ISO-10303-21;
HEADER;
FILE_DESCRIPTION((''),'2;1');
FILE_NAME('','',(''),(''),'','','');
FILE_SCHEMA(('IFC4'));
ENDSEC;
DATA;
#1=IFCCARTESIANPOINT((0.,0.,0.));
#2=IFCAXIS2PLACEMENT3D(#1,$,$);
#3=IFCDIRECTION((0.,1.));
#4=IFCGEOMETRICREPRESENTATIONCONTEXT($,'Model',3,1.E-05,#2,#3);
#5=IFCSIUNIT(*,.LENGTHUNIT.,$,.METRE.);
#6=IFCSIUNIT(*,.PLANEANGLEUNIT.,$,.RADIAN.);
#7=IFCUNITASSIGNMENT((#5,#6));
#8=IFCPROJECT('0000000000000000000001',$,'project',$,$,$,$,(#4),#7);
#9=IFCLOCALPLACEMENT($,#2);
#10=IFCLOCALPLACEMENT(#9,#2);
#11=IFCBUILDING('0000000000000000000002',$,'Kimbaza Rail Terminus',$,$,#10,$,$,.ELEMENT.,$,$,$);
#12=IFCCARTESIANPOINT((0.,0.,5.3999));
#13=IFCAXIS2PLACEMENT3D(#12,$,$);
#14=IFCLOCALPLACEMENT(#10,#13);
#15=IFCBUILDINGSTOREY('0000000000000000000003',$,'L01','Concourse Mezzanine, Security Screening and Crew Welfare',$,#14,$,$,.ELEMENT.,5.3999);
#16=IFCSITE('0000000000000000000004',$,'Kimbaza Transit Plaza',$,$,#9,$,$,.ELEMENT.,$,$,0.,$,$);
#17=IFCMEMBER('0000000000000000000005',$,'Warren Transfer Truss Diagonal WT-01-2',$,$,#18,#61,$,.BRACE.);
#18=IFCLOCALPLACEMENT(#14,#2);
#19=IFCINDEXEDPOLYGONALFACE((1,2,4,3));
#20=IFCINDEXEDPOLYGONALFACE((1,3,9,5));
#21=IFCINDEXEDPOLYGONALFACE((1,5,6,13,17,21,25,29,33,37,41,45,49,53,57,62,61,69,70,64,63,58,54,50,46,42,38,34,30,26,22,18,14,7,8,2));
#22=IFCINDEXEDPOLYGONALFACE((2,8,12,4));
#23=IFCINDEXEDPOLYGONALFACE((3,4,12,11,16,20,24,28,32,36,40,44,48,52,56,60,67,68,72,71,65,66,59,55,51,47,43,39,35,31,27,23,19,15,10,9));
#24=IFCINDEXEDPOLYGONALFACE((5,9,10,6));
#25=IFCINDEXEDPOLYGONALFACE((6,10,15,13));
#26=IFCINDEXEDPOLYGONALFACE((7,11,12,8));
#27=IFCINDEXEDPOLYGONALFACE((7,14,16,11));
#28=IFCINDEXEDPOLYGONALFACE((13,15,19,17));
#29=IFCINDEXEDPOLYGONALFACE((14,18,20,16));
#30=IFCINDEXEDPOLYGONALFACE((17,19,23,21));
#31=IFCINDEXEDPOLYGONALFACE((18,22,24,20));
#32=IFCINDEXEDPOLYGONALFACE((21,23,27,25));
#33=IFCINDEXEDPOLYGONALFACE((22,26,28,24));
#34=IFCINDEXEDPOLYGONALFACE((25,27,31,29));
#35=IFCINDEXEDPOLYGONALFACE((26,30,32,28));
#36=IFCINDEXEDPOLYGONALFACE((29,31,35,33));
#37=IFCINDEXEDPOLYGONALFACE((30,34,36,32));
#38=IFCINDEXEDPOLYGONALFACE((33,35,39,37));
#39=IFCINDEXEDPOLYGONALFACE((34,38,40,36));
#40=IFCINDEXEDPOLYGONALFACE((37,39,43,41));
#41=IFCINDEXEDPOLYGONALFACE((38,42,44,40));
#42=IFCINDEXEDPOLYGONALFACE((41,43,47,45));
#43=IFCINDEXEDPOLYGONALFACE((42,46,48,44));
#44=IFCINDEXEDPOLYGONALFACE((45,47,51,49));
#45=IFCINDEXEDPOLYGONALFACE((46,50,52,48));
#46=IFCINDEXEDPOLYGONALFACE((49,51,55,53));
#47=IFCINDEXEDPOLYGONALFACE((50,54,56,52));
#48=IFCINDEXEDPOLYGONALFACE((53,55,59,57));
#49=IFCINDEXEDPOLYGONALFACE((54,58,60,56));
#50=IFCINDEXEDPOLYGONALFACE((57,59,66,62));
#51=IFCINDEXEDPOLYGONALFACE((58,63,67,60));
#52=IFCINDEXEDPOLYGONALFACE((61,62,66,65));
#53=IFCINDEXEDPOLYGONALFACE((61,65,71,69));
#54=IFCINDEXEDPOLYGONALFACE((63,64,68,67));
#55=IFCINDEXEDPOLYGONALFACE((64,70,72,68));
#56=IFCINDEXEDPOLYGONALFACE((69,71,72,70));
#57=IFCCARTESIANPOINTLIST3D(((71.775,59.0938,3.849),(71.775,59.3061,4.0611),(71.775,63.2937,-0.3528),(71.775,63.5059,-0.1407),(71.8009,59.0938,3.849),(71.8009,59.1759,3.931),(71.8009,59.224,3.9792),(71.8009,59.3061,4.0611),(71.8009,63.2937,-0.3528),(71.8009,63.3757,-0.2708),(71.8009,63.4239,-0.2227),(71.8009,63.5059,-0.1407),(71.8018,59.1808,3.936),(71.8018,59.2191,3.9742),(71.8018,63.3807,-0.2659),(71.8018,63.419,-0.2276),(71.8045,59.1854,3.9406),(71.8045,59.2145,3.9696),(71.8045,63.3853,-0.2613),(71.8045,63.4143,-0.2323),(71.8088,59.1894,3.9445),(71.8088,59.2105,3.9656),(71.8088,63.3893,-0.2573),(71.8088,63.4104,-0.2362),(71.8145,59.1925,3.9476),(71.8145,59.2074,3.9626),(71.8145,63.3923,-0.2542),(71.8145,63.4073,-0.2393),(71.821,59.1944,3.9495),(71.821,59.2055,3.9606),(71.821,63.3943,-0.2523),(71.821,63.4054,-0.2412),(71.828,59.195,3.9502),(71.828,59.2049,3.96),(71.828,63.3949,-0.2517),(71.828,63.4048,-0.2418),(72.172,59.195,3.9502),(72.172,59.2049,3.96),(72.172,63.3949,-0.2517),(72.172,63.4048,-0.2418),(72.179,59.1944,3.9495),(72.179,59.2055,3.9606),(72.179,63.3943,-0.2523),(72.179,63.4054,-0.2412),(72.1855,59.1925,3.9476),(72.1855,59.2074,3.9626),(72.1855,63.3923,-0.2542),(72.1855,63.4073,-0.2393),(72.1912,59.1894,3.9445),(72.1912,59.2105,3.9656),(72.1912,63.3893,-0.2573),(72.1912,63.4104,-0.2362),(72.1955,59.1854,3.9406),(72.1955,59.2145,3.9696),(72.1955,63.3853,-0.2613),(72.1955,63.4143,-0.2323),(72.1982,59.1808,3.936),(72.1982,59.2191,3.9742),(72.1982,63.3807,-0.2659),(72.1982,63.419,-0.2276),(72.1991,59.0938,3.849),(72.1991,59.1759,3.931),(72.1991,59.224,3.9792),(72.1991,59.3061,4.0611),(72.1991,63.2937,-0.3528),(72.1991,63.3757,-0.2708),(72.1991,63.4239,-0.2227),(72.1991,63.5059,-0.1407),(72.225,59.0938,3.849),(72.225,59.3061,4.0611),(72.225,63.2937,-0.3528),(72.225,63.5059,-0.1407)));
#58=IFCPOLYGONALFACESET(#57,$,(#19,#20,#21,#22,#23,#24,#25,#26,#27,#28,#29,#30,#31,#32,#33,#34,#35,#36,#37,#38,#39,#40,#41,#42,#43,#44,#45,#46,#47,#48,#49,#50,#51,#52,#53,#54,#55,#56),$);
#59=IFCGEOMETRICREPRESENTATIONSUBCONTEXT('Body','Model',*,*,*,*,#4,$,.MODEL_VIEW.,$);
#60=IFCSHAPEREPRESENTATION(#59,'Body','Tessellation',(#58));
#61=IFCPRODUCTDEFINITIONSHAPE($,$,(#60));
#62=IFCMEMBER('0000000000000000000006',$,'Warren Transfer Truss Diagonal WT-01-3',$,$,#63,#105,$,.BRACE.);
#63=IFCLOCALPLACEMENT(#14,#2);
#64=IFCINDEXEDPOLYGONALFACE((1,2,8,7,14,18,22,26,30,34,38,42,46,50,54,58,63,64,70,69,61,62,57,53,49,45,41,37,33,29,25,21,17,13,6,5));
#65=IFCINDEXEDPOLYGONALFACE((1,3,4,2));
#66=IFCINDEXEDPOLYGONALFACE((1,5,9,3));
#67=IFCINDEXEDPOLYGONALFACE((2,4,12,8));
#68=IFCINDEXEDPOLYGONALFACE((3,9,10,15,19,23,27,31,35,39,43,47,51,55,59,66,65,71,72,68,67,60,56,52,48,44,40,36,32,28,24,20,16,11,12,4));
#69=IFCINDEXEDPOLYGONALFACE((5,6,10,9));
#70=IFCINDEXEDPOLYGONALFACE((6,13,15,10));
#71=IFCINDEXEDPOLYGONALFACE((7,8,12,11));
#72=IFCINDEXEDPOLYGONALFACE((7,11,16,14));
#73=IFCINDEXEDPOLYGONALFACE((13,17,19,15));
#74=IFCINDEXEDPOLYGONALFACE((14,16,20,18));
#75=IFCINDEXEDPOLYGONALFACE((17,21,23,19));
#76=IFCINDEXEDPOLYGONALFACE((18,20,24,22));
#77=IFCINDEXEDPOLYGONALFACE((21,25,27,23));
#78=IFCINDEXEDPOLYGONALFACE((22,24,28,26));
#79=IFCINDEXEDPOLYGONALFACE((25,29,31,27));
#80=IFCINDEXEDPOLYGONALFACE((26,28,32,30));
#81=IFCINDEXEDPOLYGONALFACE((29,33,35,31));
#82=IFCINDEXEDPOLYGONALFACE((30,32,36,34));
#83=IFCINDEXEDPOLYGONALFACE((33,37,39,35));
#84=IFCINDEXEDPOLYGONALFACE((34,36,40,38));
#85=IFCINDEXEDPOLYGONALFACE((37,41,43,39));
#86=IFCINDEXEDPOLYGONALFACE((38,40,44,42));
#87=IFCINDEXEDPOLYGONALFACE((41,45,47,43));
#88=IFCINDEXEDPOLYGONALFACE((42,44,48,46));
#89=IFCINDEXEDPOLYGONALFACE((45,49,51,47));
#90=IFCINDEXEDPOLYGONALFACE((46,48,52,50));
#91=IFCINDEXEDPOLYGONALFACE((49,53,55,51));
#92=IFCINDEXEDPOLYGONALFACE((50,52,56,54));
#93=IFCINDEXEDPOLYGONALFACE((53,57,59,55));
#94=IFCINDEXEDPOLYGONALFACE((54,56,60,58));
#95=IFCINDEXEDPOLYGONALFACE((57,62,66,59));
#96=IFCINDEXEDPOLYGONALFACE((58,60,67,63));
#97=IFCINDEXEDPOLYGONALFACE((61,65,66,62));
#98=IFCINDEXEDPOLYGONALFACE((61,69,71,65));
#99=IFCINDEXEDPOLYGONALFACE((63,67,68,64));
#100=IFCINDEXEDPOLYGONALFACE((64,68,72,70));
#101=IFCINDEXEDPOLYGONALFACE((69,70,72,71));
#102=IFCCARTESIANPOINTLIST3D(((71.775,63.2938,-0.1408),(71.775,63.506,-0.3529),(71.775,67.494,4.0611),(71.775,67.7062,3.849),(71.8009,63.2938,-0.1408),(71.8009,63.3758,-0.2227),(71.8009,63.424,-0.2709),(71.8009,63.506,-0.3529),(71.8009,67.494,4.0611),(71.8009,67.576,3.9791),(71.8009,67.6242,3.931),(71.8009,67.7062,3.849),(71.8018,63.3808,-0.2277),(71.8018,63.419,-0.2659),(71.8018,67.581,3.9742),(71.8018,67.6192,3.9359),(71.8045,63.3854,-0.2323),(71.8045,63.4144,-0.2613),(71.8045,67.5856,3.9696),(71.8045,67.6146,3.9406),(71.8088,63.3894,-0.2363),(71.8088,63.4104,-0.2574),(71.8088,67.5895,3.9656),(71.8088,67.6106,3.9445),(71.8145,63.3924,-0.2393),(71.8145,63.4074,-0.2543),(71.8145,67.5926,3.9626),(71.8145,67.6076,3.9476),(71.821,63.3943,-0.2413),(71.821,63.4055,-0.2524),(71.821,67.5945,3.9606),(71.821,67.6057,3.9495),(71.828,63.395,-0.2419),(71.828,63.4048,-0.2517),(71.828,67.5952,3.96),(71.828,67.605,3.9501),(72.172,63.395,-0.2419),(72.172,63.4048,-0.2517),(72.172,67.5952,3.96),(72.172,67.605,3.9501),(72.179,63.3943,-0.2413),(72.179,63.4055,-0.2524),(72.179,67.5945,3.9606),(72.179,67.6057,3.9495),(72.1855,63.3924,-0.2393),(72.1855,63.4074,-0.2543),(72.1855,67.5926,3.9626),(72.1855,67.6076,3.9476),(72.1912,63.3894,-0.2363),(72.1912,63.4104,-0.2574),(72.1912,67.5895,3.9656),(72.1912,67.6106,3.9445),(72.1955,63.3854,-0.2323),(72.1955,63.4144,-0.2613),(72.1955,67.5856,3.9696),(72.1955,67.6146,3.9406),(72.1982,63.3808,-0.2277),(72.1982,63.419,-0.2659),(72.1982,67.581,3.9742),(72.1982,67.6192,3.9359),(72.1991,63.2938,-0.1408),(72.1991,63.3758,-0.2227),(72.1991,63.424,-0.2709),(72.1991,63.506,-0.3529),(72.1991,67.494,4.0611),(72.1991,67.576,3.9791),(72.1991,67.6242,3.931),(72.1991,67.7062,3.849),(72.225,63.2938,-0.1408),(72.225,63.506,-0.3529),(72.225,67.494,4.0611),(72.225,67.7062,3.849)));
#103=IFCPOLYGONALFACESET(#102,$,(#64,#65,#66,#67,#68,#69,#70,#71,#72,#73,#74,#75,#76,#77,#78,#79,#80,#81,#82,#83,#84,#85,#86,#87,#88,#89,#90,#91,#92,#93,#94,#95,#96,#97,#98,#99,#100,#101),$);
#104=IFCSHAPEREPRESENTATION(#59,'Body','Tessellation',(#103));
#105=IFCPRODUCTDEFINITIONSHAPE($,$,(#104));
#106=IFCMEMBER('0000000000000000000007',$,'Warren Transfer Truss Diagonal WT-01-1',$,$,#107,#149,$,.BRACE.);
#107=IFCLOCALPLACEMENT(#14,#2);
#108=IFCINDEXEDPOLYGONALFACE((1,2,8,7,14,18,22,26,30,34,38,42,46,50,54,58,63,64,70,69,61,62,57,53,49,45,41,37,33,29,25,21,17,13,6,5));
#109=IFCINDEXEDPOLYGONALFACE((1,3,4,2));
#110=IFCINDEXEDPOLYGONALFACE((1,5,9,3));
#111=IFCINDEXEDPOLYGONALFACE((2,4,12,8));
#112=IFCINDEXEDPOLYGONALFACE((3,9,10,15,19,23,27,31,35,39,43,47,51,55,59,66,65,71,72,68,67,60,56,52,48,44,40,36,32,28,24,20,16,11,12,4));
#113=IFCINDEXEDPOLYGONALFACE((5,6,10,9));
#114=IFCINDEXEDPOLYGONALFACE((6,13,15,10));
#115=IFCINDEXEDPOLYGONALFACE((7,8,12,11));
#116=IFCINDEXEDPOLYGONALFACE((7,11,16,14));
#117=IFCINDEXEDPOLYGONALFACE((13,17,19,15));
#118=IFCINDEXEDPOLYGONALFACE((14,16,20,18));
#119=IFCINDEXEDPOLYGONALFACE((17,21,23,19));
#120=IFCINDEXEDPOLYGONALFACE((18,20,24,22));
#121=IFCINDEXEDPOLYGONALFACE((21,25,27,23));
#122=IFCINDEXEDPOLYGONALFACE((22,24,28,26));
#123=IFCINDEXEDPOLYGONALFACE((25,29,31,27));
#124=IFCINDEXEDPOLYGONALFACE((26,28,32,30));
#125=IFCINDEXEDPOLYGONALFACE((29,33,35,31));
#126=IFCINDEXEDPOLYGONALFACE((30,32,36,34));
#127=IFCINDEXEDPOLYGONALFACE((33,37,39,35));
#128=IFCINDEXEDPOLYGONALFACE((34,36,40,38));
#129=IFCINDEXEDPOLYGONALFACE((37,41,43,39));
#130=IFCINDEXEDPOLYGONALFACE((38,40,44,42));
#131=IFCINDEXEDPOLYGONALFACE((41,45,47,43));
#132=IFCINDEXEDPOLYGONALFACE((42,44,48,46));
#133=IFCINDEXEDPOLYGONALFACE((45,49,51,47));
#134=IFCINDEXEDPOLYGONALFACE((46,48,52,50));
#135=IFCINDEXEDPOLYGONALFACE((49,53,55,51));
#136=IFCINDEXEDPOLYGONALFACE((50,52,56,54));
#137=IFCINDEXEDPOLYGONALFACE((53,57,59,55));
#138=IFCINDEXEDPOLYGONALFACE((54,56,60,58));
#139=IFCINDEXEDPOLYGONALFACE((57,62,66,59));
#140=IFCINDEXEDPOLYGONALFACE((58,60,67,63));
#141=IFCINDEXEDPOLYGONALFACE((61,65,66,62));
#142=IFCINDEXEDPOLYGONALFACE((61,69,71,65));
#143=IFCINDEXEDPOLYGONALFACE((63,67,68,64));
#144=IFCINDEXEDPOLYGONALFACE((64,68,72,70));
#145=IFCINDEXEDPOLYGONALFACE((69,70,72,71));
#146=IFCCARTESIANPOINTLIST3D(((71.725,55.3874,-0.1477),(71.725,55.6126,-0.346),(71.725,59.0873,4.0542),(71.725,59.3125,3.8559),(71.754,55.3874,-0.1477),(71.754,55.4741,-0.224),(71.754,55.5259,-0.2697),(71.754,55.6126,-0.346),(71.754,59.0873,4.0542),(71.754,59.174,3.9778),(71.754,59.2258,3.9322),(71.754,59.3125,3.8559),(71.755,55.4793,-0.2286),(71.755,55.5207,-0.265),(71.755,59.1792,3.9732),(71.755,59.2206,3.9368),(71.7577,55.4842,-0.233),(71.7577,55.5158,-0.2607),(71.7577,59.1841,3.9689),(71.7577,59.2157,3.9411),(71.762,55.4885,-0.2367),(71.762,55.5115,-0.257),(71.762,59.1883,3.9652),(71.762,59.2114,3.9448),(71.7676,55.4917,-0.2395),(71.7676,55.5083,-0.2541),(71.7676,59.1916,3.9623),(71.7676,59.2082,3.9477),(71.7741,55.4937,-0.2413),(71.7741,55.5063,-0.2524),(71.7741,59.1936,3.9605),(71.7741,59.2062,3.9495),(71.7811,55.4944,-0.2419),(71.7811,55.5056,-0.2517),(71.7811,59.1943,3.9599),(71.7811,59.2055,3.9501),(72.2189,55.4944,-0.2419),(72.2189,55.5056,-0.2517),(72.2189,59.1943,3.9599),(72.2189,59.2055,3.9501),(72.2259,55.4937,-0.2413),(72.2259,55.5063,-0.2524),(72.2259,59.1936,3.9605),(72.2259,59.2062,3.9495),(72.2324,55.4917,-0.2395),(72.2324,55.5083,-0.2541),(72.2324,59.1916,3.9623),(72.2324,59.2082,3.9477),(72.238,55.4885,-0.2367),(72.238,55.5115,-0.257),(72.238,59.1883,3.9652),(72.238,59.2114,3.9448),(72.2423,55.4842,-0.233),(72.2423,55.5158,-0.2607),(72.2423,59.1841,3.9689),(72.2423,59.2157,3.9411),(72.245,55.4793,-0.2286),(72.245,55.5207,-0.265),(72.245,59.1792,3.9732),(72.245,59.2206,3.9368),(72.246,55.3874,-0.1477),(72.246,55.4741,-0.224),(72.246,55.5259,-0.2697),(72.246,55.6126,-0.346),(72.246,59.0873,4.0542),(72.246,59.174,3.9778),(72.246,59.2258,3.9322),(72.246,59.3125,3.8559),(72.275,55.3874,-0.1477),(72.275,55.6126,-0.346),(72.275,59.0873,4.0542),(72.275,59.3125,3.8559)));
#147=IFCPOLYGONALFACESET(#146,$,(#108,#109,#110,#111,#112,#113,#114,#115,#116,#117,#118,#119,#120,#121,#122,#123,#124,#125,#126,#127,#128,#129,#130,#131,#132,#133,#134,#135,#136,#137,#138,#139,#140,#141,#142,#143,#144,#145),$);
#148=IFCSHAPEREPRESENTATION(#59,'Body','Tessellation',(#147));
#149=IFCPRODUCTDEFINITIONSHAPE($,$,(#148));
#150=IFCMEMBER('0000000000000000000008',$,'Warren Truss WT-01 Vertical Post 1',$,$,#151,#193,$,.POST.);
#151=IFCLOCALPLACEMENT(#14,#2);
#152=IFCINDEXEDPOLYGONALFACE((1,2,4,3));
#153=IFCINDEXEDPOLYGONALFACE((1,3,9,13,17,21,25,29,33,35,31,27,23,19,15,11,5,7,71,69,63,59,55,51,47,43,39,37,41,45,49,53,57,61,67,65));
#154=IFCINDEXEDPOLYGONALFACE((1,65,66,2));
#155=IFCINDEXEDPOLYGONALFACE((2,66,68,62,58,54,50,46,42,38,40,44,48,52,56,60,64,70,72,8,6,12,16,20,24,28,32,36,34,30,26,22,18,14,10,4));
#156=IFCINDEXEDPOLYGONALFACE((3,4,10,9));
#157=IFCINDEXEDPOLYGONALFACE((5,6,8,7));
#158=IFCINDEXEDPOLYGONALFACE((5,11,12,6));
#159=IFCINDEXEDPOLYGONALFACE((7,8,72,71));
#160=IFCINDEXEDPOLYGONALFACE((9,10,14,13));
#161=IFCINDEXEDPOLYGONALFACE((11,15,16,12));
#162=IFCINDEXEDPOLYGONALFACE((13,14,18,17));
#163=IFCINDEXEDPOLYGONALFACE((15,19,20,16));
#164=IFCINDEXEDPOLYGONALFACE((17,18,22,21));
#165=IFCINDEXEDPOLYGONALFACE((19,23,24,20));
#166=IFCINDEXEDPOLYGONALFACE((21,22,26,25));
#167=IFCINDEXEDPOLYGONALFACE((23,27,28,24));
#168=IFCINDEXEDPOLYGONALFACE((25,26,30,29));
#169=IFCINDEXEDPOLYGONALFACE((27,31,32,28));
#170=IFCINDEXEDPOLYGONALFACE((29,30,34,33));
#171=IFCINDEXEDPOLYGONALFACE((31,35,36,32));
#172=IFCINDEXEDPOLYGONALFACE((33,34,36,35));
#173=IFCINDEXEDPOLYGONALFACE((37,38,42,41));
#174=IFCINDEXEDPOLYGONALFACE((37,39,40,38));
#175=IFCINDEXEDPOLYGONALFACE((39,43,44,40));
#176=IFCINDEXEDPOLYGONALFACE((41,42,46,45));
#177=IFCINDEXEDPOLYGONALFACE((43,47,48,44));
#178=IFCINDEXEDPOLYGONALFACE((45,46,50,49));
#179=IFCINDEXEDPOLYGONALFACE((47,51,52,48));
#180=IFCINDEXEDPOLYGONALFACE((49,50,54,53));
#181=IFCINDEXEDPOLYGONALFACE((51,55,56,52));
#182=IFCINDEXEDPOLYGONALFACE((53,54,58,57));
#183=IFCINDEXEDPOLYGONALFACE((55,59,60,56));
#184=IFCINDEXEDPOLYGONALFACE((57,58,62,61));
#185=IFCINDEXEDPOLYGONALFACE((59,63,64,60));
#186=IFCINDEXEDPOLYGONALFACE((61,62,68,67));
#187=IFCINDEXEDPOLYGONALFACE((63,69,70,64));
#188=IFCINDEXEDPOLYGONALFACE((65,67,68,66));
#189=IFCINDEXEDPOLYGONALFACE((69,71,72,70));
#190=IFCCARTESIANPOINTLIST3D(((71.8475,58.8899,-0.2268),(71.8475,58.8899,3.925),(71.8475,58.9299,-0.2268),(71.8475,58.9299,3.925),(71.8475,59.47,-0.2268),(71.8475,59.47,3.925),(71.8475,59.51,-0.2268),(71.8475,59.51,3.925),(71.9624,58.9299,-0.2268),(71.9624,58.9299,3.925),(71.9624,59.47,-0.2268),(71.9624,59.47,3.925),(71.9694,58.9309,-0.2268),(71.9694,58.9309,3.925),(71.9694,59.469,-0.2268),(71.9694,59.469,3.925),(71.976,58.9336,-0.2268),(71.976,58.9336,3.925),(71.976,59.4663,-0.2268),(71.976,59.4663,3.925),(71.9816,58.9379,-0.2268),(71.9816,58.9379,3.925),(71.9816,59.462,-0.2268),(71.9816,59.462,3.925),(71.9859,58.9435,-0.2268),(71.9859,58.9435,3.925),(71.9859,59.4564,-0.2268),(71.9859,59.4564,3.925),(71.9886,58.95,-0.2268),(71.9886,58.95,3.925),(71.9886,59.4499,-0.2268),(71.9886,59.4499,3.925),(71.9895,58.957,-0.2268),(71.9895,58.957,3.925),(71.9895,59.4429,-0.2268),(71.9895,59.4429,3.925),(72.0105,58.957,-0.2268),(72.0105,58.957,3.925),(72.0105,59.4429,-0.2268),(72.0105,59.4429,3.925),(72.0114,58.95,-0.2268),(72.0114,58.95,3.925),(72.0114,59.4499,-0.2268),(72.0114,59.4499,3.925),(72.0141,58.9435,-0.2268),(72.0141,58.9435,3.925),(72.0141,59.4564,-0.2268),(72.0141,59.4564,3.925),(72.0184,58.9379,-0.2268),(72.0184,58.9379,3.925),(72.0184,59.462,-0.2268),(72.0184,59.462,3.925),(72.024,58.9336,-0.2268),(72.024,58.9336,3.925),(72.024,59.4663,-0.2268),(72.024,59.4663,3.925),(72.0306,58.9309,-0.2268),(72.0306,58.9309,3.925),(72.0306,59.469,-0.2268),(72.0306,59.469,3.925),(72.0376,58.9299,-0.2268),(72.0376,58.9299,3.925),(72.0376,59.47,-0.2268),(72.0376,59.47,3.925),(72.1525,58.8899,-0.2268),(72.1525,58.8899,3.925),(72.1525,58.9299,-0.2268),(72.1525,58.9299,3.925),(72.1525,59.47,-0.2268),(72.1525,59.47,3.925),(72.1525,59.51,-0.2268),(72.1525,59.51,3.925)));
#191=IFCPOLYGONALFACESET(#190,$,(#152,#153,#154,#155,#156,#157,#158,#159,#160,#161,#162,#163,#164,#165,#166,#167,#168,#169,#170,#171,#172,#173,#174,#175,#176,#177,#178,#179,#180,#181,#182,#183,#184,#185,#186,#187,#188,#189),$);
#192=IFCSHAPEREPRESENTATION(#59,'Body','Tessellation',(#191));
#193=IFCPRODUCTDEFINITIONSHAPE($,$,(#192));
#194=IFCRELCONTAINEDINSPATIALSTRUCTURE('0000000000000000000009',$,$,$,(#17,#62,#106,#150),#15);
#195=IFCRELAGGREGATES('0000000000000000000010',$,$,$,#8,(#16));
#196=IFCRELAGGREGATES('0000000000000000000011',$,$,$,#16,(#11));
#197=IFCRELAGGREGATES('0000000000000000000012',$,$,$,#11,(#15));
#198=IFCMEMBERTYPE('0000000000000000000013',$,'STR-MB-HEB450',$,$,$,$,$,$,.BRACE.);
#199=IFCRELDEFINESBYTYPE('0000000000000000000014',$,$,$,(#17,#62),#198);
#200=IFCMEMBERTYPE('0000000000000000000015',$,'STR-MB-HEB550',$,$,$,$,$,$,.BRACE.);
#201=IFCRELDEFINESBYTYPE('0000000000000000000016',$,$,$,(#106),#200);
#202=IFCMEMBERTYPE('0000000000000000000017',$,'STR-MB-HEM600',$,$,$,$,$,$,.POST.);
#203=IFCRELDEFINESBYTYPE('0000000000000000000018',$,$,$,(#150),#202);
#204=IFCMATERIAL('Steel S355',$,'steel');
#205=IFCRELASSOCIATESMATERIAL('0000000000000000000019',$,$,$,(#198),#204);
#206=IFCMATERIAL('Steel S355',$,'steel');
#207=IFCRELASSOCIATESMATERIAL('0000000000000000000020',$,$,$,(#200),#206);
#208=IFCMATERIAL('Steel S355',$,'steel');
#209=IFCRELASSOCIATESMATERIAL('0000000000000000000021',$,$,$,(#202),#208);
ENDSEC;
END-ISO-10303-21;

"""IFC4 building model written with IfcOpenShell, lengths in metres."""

from ifc_helpers import new_model, si_unit, direction, frame, origin, origin_2d, place, context, subcontext, project, spatial, i_section, extrude, material, material_profile, profile_set, type_object, element, save


model = new_model("IFC4")

# Units and contexts
model_context = context("Model", 3, precision=1e-05, world=origin(), true_north=direction((0.0, 1.0)))
body_context = subcontext(model_context, "Body", "Model", "MODEL_VIEW")
ifc_project = project(units=[si_unit("LENGTHUNIT", "METRE"), si_unit("PLANEANGLEUNIT", "RADIAN")], contexts=[model_context])

# Site, building, storey
site_placement = place(None, origin())
site = spatial("IfcSite", under=ifc_project, at=site_placement, Name="Kimbaza Transit Plaza", CompositionType="ELEMENT", RefElevation=0.0)
building_placement = place(site_placement, origin())
building = spatial("IfcBuilding", under=site, at=building_placement, Name="Kimbaza Rail Terminus", CompositionType="ELEMENT")
storey_placement = place(building_placement, frame((0.0, 0.0, 5.3999)))
storey = spatial("IfcBuildingStorey", under=building, at=storey_placement, Name="L01", Description="Concourse Mezzanine, Security Screening and Crew Welfare", CompositionType="ELEMENT", Elevation=5.3999)

# Members
ifc_material_1 = material(Name="Steel S355", Category="steel")
ifc_material_profile_1 = material_profile(ifc_material_1, i_section(OverallWidth=0.3, OverallDepth=0.45, WebThickness=0.0139, FlangeThickness=0.0259, FilletRadius=0.0271, at=origin_2d()), Name="HEB 450")
ifc_profile_set_1 = profile_set([ifc_material_profile_1], Name="Steel S355")
member_type_1 = type_object("IfcMemberType", Name="STR-MB-HEB450", PredefinedType="BRACE", material=ifc_profile_set_1)
member_1_placement = place(storey_placement, frame((72.0, 59.2, 3.9551), z_axis=(0.0, 0.706942, -0.707271), x_axis=(0.0, 0.707271, 0.706942)))
element("IfcMember", 1, at=member_1_placement, inside=storey, type_object=member_type_1, Name="Warren Transfer Truss Diagonal WT-01-2", PredefinedType="BRACE", context=body_context, shape_type="SweptSolid", body=[
    extrude(i_section(OverallWidth=0.3, OverallDepth=0.45, WebThickness=0.0139, FlangeThickness=0.0259, FilletRadius=0.0271, at=origin_2d()), origin(), (0.0, 0.0, 1.0), 5.9409),
])
member_2_placement = place(storey_placement, frame((72.0, 63.3999, -0.2468), z_axis=(0.0, 0.706963, 0.707251), x_axis=(0.0, -0.707251, 0.706963)))
element("IfcMember", 2, at=member_2_placement, inside=storey, type_object=member_type_1, Name="Warren Transfer Truss Diagonal WT-01-3", PredefinedType="BRACE", context=body_context, shape_type="SweptSolid", body=[
    extrude(i_section(OverallWidth=0.3, OverallDepth=0.45, WebThickness=0.0139, FlangeThickness=0.0259, FilletRadius=0.0271, at=origin_2d()), origin(), (0.0, 0.0, 1.0), 5.9412),
])
ifc_material_2 = material(Name="Steel S355", Category="steel")
ifc_material_profile_2 = material_profile(ifc_material_2, i_section(OverallWidth=0.3, OverallDepth=0.55, WebThickness=0.0149, FlangeThickness=0.0291, FilletRadius=0.0271, at=origin_2d()), Name="HEB 550")
ifc_profile_set_2 = profile_set([ifc_material_profile_2], Name="Steel S355")
member_type_2 = type_object("IfcMemberType", Name="STR-MB-HEB550", PredefinedType="BRACE", material=ifc_profile_set_2)
member_3_placement = place(storey_placement, frame((72.0, 55.5, -0.2468), z_axis=(0.0, 0.660857, 0.750512), x_axis=(0.0, -0.750512, 0.660857)))
element("IfcMember", 3, at=member_3_placement, inside=storey, type_object=member_type_2, Name="Warren Transfer Truss Diagonal WT-01-1", PredefinedType="BRACE", context=body_context, shape_type="SweptSolid", body=[
    extrude(i_section(OverallWidth=0.3, OverallDepth=0.55, WebThickness=0.0149, FlangeThickness=0.0291, FilletRadius=0.0271, at=origin_2d()), origin(), (0.0, 0.0, 1.0), 5.5986),
])
ifc_material_3 = material(Name="Steel S355", Category="steel")
ifc_material_profile_3 = material_profile(ifc_material_3, i_section(OverallWidth=0.3049, OverallDepth=0.6201, WebThickness=0.021, FlangeThickness=0.04, FilletRadius=0.0271, at=origin_2d()), Name="HEM 600")
ifc_profile_set_3 = profile_set([ifc_material_profile_3], Name="Steel S355")
member_type_3 = type_object("IfcMemberType", Name="STR-MB-HEM600", PredefinedType="POST", material=ifc_profile_set_3)
for number, where, z_axis, x_axis, name in (
    (4, (72.0, 59.2, -0.2268), (0.0, 0.0, 1.0), (1.0, 0.0, 0.0), "Warren Truss WT-01 Vertical Post 1"),
):
    element("IfcMember", number, at=place(storey_placement, frame(where, z_axis=z_axis, x_axis=x_axis)), inside=storey, type_object=member_type_3, Name=name, PredefinedType="POST", context=body_context, shape_type="SweptSolid", body=[
        extrude(i_section(OverallWidth=0.3049, OverallDepth=0.6201, WebThickness=0.021, FlangeThickness=0.04, FilletRadius=0.0271, at=origin_2d()), origin(), (0.0, 0.0, 1.0), 4.1519),
    ])

save(model, "model.ifc")
